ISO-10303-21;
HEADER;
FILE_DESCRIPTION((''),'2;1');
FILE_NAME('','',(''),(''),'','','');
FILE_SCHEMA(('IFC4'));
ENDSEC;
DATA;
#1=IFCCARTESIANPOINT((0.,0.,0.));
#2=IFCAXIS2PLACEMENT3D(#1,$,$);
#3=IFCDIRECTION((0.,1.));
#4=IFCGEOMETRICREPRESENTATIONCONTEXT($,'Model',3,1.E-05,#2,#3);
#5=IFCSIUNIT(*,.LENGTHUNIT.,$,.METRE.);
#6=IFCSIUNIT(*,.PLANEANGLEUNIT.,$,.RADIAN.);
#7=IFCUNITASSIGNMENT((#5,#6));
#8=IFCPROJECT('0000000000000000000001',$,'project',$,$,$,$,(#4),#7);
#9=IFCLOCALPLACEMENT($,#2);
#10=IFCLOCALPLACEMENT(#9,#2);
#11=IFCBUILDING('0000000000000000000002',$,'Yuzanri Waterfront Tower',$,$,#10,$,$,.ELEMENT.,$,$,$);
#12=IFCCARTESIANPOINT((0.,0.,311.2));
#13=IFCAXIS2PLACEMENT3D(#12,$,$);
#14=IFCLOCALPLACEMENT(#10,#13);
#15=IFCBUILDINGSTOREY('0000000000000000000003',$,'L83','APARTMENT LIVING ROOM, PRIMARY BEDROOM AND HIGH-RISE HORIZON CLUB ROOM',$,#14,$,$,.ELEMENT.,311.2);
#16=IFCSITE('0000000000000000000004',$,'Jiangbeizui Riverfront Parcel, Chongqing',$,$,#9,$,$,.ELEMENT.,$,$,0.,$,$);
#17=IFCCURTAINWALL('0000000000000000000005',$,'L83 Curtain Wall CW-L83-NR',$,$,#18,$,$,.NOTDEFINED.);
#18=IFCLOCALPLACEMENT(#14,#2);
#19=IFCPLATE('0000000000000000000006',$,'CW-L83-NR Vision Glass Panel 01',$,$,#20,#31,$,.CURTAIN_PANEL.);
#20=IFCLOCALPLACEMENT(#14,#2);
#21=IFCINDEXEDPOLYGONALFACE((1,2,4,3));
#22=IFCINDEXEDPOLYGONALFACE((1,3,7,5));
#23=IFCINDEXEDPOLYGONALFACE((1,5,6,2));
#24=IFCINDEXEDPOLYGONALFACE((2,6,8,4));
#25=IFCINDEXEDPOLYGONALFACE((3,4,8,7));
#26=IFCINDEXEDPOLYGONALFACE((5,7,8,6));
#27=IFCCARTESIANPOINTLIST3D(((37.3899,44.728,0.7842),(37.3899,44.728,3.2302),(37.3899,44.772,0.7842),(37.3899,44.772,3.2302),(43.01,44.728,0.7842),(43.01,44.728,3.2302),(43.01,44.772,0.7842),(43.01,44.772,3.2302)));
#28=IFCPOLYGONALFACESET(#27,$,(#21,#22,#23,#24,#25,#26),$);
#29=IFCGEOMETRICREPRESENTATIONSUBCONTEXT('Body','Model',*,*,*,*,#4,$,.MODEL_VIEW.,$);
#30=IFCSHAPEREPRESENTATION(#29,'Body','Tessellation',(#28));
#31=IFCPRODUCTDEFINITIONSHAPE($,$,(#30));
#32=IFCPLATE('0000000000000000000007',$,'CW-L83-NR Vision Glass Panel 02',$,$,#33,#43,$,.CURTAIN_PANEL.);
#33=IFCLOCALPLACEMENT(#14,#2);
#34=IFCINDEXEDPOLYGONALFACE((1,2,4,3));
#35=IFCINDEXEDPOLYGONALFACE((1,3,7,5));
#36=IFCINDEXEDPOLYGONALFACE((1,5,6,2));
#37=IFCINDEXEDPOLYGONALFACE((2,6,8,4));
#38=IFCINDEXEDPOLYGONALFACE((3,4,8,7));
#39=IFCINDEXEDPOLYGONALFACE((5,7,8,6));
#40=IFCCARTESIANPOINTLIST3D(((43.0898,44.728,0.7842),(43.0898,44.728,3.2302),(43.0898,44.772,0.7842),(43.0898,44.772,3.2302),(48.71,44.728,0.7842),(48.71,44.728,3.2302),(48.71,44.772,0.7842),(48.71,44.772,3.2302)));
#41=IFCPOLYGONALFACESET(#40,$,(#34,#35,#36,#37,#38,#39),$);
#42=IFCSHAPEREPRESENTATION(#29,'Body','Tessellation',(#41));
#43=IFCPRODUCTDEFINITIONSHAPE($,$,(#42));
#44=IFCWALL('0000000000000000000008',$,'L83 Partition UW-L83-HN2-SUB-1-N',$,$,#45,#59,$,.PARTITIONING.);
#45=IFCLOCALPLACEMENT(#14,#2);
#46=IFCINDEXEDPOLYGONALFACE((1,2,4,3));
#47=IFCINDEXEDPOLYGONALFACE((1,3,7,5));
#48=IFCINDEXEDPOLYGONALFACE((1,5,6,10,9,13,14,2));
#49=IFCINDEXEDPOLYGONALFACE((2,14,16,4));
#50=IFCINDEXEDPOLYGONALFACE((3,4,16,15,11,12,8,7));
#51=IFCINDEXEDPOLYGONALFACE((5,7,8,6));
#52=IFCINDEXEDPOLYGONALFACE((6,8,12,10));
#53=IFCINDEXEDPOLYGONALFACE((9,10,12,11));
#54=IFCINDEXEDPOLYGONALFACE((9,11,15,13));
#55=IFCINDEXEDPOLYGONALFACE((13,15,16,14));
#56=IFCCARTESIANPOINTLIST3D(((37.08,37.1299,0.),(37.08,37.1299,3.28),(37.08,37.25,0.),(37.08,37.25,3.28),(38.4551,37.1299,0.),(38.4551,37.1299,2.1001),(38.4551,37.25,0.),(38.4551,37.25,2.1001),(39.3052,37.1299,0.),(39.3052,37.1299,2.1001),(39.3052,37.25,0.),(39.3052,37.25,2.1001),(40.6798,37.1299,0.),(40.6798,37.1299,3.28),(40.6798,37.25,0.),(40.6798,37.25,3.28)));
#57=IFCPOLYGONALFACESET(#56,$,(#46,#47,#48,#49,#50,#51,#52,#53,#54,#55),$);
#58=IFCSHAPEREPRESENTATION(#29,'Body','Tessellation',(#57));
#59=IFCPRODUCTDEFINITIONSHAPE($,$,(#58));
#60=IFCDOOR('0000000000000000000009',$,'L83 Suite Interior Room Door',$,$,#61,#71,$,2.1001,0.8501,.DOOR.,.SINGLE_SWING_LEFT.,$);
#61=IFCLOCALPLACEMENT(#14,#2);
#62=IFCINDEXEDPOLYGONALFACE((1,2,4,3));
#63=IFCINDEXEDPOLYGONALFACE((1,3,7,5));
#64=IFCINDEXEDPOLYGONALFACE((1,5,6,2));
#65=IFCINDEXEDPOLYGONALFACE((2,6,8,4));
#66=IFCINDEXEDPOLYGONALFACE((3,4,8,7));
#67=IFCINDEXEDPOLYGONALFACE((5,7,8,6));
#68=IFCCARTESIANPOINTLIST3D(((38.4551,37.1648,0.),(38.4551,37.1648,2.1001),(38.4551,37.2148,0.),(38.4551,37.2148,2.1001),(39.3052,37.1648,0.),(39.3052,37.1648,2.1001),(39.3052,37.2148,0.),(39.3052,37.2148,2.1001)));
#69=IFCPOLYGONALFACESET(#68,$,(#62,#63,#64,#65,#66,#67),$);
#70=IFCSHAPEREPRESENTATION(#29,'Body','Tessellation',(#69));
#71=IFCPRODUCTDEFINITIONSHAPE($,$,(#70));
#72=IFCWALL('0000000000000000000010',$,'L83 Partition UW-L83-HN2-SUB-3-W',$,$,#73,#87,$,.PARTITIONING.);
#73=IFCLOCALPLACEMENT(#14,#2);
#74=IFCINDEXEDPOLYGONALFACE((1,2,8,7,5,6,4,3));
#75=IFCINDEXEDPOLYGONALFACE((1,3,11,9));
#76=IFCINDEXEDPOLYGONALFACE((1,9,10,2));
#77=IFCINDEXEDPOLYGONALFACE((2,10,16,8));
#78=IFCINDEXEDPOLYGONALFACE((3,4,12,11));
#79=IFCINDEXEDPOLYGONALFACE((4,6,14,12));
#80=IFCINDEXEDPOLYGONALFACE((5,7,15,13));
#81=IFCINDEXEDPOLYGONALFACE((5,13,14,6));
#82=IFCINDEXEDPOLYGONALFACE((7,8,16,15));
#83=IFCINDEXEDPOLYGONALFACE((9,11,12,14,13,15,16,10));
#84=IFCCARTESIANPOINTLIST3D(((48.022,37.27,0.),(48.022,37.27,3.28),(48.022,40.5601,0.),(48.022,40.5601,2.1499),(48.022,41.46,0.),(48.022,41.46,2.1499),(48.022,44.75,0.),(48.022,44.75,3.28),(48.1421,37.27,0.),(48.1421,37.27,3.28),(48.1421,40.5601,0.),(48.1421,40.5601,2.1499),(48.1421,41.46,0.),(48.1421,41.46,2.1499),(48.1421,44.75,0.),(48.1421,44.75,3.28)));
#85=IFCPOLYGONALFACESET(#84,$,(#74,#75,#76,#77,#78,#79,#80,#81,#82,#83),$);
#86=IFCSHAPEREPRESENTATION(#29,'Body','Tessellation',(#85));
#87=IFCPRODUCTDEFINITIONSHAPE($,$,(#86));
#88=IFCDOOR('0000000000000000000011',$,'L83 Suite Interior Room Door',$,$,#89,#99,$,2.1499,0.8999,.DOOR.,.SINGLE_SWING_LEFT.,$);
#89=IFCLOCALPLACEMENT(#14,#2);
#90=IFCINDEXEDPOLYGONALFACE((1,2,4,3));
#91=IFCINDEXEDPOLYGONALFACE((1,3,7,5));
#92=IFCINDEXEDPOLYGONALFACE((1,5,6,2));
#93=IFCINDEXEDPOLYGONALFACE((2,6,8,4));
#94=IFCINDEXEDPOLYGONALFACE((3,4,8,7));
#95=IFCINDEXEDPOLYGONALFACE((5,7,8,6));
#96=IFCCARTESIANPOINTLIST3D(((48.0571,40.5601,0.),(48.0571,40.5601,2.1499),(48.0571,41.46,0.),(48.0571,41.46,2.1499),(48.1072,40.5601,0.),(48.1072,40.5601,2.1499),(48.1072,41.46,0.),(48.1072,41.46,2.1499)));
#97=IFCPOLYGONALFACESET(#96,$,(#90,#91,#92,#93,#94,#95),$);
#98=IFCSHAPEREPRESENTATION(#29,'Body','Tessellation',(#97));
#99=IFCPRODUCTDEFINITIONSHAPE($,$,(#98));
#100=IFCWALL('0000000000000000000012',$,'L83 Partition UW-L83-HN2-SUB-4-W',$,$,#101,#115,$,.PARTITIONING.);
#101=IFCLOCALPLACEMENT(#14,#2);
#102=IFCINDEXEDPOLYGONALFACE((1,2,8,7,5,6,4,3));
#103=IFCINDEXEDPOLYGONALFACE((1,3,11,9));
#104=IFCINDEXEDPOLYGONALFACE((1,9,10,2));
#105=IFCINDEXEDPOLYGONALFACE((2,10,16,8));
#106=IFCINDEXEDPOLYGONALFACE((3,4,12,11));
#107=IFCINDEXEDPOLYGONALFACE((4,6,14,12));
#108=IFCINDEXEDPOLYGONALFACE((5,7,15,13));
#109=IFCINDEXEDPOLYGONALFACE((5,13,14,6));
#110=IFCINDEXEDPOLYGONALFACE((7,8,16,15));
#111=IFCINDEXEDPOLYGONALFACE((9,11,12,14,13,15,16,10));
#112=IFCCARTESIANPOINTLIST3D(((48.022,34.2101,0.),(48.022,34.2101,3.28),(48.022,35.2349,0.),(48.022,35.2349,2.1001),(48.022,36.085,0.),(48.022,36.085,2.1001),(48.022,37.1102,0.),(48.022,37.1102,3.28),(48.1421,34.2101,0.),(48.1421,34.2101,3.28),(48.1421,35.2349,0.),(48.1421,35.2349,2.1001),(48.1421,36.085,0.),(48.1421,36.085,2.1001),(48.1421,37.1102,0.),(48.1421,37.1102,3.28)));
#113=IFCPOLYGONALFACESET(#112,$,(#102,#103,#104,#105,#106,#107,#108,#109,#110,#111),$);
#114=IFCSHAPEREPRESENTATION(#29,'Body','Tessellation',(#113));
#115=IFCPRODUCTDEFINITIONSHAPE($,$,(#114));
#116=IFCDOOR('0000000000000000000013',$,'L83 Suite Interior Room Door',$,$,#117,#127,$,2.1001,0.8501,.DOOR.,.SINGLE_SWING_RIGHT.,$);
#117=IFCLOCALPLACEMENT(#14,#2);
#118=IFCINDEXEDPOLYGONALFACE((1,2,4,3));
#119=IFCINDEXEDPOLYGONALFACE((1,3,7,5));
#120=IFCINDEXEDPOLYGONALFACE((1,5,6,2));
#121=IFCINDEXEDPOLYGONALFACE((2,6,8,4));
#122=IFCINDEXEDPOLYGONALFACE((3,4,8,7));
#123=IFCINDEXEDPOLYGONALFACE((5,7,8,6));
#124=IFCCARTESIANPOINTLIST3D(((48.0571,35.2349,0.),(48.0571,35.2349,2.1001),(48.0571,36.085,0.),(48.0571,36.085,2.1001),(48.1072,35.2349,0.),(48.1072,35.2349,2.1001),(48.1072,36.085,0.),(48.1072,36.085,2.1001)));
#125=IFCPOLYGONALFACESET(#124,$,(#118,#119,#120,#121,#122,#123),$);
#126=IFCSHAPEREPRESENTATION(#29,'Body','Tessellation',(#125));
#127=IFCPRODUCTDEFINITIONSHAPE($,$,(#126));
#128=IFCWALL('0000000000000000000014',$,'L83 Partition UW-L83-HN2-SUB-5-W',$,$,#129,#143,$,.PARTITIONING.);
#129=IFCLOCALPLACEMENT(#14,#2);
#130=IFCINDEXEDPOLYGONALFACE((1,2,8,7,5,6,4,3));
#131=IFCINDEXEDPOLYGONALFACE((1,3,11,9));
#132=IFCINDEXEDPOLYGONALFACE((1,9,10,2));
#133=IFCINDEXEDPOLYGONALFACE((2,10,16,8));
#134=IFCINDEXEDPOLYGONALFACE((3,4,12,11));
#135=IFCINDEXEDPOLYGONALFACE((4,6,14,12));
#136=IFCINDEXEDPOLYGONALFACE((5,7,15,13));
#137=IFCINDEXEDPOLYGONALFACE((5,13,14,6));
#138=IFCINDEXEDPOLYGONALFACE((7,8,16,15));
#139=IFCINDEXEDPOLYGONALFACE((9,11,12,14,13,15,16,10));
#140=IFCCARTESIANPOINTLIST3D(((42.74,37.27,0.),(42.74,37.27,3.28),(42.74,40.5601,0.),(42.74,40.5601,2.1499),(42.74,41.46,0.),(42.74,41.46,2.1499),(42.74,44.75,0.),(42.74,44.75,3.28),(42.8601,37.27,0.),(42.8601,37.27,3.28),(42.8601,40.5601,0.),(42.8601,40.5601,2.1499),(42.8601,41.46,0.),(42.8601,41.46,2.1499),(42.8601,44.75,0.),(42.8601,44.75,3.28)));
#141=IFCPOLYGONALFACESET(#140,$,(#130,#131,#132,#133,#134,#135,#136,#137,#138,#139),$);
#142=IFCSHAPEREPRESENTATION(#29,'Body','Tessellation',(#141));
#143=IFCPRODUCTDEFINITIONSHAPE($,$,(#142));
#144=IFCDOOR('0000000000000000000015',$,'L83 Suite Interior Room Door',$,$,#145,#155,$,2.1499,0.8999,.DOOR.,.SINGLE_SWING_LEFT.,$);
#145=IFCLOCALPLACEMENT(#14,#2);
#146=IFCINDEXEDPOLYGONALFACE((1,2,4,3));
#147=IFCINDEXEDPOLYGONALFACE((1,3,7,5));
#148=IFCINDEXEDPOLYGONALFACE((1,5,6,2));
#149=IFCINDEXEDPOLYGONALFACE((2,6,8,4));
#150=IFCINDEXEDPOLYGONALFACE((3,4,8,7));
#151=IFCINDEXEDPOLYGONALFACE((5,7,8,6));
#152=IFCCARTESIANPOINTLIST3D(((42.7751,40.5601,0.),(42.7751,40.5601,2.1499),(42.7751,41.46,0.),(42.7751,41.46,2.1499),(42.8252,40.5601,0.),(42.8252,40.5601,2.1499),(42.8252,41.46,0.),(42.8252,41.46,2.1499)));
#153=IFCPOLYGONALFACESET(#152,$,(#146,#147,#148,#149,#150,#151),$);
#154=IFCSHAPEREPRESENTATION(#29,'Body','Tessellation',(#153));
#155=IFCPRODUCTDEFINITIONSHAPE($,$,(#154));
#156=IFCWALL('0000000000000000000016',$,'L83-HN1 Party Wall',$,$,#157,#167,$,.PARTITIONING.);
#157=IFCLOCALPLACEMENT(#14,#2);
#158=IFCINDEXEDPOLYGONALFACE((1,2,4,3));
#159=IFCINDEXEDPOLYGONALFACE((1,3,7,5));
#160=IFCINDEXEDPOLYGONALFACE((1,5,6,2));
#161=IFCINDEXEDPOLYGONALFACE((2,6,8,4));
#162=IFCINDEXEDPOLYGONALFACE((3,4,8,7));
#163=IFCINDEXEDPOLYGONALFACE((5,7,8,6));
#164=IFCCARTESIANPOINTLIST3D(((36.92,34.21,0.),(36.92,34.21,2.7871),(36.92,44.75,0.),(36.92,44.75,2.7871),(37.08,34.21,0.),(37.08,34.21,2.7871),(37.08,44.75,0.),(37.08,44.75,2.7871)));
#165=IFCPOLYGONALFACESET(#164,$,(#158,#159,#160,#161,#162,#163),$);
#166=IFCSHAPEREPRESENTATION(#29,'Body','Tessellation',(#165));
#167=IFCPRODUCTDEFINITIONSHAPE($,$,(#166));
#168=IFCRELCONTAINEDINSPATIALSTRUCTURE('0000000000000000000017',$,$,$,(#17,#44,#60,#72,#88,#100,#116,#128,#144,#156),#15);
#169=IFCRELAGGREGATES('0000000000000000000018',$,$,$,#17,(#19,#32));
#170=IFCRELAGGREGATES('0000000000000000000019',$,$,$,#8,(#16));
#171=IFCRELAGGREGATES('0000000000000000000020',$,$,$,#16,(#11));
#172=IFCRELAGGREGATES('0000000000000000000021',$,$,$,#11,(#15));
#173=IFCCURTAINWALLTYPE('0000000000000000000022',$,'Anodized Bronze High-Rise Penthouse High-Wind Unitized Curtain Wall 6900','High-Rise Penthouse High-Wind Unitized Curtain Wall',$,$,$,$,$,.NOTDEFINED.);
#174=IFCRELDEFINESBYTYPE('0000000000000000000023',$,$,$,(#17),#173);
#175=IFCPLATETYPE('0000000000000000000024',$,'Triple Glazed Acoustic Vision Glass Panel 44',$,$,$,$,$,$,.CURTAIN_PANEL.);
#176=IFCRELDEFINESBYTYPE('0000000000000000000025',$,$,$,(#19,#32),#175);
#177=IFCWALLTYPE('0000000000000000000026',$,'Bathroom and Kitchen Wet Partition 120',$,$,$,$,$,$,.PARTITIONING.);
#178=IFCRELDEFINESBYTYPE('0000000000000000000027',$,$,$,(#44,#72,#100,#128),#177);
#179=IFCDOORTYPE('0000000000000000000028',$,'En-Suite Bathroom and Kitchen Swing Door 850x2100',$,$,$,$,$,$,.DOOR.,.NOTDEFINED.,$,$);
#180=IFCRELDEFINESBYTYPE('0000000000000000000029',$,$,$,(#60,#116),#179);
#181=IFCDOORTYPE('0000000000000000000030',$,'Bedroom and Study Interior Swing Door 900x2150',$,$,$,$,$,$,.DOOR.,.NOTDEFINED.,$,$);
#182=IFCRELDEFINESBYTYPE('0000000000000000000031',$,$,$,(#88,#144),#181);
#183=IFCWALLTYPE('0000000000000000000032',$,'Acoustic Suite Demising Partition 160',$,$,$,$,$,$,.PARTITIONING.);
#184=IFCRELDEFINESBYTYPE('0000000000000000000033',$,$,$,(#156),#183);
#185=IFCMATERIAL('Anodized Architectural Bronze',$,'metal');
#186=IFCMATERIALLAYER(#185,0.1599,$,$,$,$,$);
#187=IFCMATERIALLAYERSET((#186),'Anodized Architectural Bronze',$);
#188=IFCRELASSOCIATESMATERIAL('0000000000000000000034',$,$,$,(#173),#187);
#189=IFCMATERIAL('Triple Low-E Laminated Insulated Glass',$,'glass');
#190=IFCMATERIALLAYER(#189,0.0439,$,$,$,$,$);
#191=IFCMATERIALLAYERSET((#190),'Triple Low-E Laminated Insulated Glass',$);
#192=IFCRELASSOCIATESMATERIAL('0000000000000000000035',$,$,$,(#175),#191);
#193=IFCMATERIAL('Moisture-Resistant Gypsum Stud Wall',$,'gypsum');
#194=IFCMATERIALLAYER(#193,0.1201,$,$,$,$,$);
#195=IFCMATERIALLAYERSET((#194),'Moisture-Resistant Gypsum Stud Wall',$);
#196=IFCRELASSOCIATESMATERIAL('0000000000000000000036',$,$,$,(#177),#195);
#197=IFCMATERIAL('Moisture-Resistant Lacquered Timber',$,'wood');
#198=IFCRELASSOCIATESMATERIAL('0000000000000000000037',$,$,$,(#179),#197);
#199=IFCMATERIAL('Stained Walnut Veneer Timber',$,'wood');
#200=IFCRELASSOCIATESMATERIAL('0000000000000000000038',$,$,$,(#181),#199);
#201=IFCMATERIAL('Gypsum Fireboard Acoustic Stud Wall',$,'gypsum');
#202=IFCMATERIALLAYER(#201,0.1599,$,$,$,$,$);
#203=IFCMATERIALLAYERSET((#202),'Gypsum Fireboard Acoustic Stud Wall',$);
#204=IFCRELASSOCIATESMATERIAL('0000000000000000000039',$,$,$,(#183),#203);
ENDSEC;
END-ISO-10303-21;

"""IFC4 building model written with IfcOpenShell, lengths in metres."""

from ifc_helpers import new_model, si_unit, direction, frame, frame_2d, origin, origin_2d, place, context, subcontext, project, spatial, rectangle, extrude, source, transform, mapped, material, layer, layer_set, type_object, element, fill, aggregate, save


model = new_model("IFC4")

# Units and contexts
model_context = context("Model", 3, precision=1e-05, world=origin(), true_north=direction((0.0, 1.0)))
body_context = subcontext(model_context, "Body", "Model", "MODEL_VIEW")
ifc_project = project(units=[si_unit("LENGTHUNIT", "METRE"), si_unit("PLANEANGLEUNIT", "RADIAN")], contexts=[model_context])

# Site, building, storey
site_placement = place(None, origin())
site = spatial("IfcSite", under=ifc_project, at=site_placement, Name="Jiangbeizui Riverfront Parcel, Chongqing", CompositionType="ELEMENT", RefElevation=0.0)
building_placement = place(site_placement, origin())
building = spatial("IfcBuilding", under=site, at=building_placement, Name="Yuzanri Waterfront Tower", CompositionType="ELEMENT")
storey_placement = place(building_placement, frame((0.0, 0.0, 311.2)))
storey = spatial("IfcBuildingStorey", under=building, at=storey_placement, Name="L83", Description="APARTMENT LIVING ROOM, PRIMARY BEDROOM AND HIGH-RISE HORIZON CLUB ROOM", CompositionType="ELEMENT", Elevation=311.2)

# Curtain wall, plates
ifc_material_1 = material(Name="Anodized Architectural Bronze", Category="metal")
ifc_layer_1 = layer(ifc_material_1, 0.1599)
ifc_layer_set_1 = layer_set([ifc_layer_1], Name="Anodized Architectural Bronze")
curtain_wall_type = type_object("IfcCurtainWallType", Name="Anodized Bronze High-Rise Penthouse High-Wind Unitized Curtain Wall 6900", Description="High-Rise Penthouse High-Wind Unitized Curtain Wall", PredefinedType="NOTDEFINED", material=ifc_layer_set_1)
curtain_wall_placement = place(storey_placement, origin())
curtain_wall = element("IfcCurtainWall", 1, at=curtain_wall_placement, inside=storey, type_object=curtain_wall_type, Name="L83 Curtain Wall CW-L83-NR", PredefinedType="NOTDEFINED")
ifc_material_2 = material(Name="Triple Low-E Laminated Insulated Glass", Category="glass")
ifc_layer_2 = layer(ifc_material_2, 0.0439)
ifc_layer_set_2 = layer_set([ifc_layer_2], Name="Triple Low-E Laminated Insulated Glass")
plate_type_1 = type_object("IfcPlateType", Name="Triple Glazed Acoustic Vision Glass Panel 44", PredefinedType="CURTAIN_PANEL", material=ifc_layer_set_2)
shared_shape_1 = source(origin(), body_context, "Body", "SweptSolid", [
    extrude(rectangle(XDim=5.6201, YDim=0.0439, at=origin_2d()), origin(), (0.0, 0.0, 1.0), 2.446),
])
plate_1_placement = place(storey_placement, frame((40.2, 44.75, 0.7842), z_axis=(0.0, 0.0, 1.0), x_axis=(1.0, 0.0, 0.0)))
plate_1 = element("IfcPlate", 2, at=plate_1_placement, type_object=plate_type_1, Name="CW-L83-NR Vision Glass Panel 01", PredefinedType="CURTAIN_PANEL", context=body_context, shape_type="MappedRepresentation", body=[
    mapped(shared_shape_1, transform((0.0, 0.0, 0.0), scale=1.0)),
])
plate_2_placement = place(storey_placement, frame((45.8999, 44.75, 0.7842), z_axis=(0.0, 0.0, 1.0), x_axis=(1.0, 0.0, 0.0)))
plate_2 = element("IfcPlate", 3, at=plate_2_placement, type_object=plate_type_1, Name="CW-L83-NR Vision Glass Panel 02", PredefinedType="CURTAIN_PANEL", context=body_context, shape_type="MappedRepresentation", body=[
    mapped(shared_shape_1, transform((0.0, 0.0, 0.0), scale=1.0)),
])
aggregate(curtain_wall, [plate_1, plate_2])

# Walls, openings, doors
ifc_material_3 = material(Name="Moisture-Resistant Gypsum Stud Wall", Category="gypsum")
ifc_layer_3 = layer(ifc_material_3, 0.1201)
ifc_layer_set_3 = layer_set([ifc_layer_3], Name="Moisture-Resistant Gypsum Stud Wall")
wall_type_1 = type_object("IfcWallType", Name="Bathroom and Kitchen Wet Partition 120", PredefinedType="PARTITIONING", material=ifc_layer_set_3)
wall_1_placement = place(storey_placement, frame((37.0801, 37.1899, 0.0), z_axis=(0.0, 0.0, 1.0), x_axis=(1.0, 0.0, 0.0)))
wall_1 = element("IfcWall", 4, at=wall_1_placement, inside=storey, type_object=wall_type_1, Name="L83 Partition UW-L83-HN2-SUB-1-N", PredefinedType="PARTITIONING", context=body_context, shape_type="SweptSolid", body=[
    extrude(rectangle(XDim=3.5999, YDim=0.1201, at=frame_2d((1.7998, 0.0))), origin(), (0.0, 0.0, 1.0), 3.28),
])
opening_1_placement = place(wall_1_placement, frame((1.375, 0.0, 0.0)))
opening_1 = element("IfcOpeningElement", 5, at=opening_1_placement, cuts=wall_1, PredefinedType="OPENING", context=body_context, shape_type="SweptSolid", body=[
    extrude(rectangle(XDim=0.8501, YDim=2.1001, at=frame_2d((0.425, 1.05))), frame((0.0, 0.075, 0.0), z_axis=(0.0, -1.0, 0.0), x_axis=(1.0, 0.0, 0.0)), (0.0, 0.0, 1.0), 0.1499),
])
ifc_material_4 = material(Name="Moisture-Resistant Lacquered Timber", Category="wood")
door_type_1 = type_object("IfcDoorType", Name="En-Suite Bathroom and Kitchen Swing Door 850x2100", OperationType="NOTDEFINED", PredefinedType="DOOR", material=ifc_material_4)
shared_shape_2 = source(origin(), body_context, "Body", "SweptSolid", [
    extrude(rectangle(XDim=0.8501, YDim=2.1001, at=frame_2d((0.425, 1.05))), frame((0.0, 0.0249, 0.0), z_axis=(0.0, -1.0, 0.0), x_axis=(1.0, 0.0, 0.0)), (0.0, 0.0, 1.0), 0.05),
])
door_1_placement = place(opening_1_placement, origin())
door_1 = element("IfcDoor", 6, at=door_1_placement, inside=storey, type_object=door_type_1, Name="L83 Suite Interior Room Door", OperationType="SINGLE_SWING_LEFT", OverallHeight=2.1001, OverallWidth=0.8501, PredefinedType="DOOR", context=body_context, shape_type="MappedRepresentation", body=[
    mapped(shared_shape_2, transform((0.0, 0.0, 0.0), scale=1.0)),
])
fill(opening_1, door_1)
wall_2_placement = place(storey_placement, frame((48.082, 37.27, 0.0), z_axis=(0.0, 0.0, 1.0), x_axis=(0.0, 1.0, 0.0)))
wall_2 = element("IfcWall", 7, at=wall_2_placement, inside=storey, type_object=wall_type_1, Name="L83 Partition UW-L83-HN2-SUB-3-W", PredefinedType="PARTITIONING", context=body_context, shape_type="SweptSolid", body=[
    extrude(rectangle(XDim=7.48, YDim=0.1201, at=frame_2d((3.74, 0.0))), origin(), (0.0, 0.0, 1.0), 3.28),
])
opening_2_placement = place(wall_2_placement, frame((3.29, 0.0, 0.0)))
opening_2 = element("IfcOpeningElement", 8, at=opening_2_placement, cuts=wall_2, PredefinedType="OPENING", context=body_context, shape_type="SweptSolid", body=[
    extrude(rectangle(XDim=0.8999, YDim=2.1499, at=frame_2d((0.45, 1.075))), frame((0.0, 0.075, 0.0), z_axis=(0.0, -1.0, 0.0), x_axis=(1.0, 0.0, 0.0)), (0.0, 0.0, 1.0), 0.1499),
])
ifc_material_5 = material(Name="Stained Walnut Veneer Timber", Category="wood")
door_type_2 = type_object("IfcDoorType", Name="Bedroom and Study Interior Swing Door 900x2150", OperationType="NOTDEFINED", PredefinedType="DOOR", material=ifc_material_5)
shared_shape_3 = source(origin(), body_context, "Body", "SweptSolid", [
    extrude(rectangle(XDim=0.8999, YDim=2.1499, at=frame_2d((0.45, 1.075))), frame((0.0, 0.0249, 0.0), z_axis=(0.0, -1.0, 0.0), x_axis=(1.0, 0.0, 0.0)), (0.0, 0.0, 1.0), 0.05),
])
door_2_placement = place(opening_2_placement, origin())
door_2 = element("IfcDoor", 9, at=door_2_placement, inside=storey, type_object=door_type_2, Name="L83 Suite Interior Room Door", OperationType="SINGLE_SWING_LEFT", OverallHeight=2.1499, OverallWidth=0.8999, PredefinedType="DOOR", context=body_context, shape_type="MappedRepresentation", body=[
    mapped(shared_shape_3, transform((0.0, 0.0, 0.0), scale=1.0)),
])
fill(opening_2, door_2)
wall_3_placement = place(storey_placement, frame((48.082, 34.21, 0.0), z_axis=(0.0, 0.0, 1.0), x_axis=(0.0, 1.0, 0.0)))
wall_3 = element("IfcWall", 10, at=wall_3_placement, inside=storey, type_object=wall_type_1, Name="L83 Partition UW-L83-HN2-SUB-4-W", PredefinedType="PARTITIONING", context=body_context, shape_type="SweptSolid", body=[
    extrude(rectangle(XDim=2.9001, YDim=0.1201, at=frame_2d((1.4502, 0.0))), origin(), (0.0, 0.0, 1.0), 3.28),
])
opening_3_placement = place(wall_3_placement, frame((1.0249, 0.0, 0.0)))
opening_3 = element("IfcOpeningElement", 11, at=opening_3_placement, cuts=wall_3, PredefinedType="OPENING", context=body_context, shape_type="SweptSolid", body=[
    extrude(rectangle(XDim=0.8501, YDim=2.1001, at=frame_2d((0.425, 1.05))), frame((0.0, 0.075, 0.0), z_axis=(0.0, -1.0, 0.0), x_axis=(1.0, 0.0, 0.0)), (0.0, 0.0, 1.0), 0.1499),
])
door_3_placement = place(opening_3_placement, origin())
door_3 = element("IfcDoor", 12, at=door_3_placement, inside=storey, type_object=door_type_1, Name="L83 Suite Interior Room Door", OperationType="SINGLE_SWING_RIGHT", OverallHeight=2.1001, OverallWidth=0.8501, PredefinedType="DOOR", context=body_context, shape_type="MappedRepresentation", body=[
    mapped(shared_shape_2, transform((0.0, 0.0, 0.0), scale=1.0)),
])
fill(opening_3, door_3)
wall_4_placement = place(storey_placement, frame((42.8, 37.27, 0.0), z_axis=(0.0, 0.0, 1.0), x_axis=(0.0, 1.0, 0.0)))
wall_4 = element("IfcWall", 13, at=wall_4_placement, inside=storey, type_object=wall_type_1, Name="L83 Partition UW-L83-HN2-SUB-5-W", PredefinedType="PARTITIONING", context=body_context, shape_type="SweptSolid", body=[
    extrude(rectangle(XDim=7.48, YDim=0.1201, at=frame_2d((3.74, 0.0))), origin(), (0.0, 0.0, 1.0), 3.28),
])
opening_4_placement = place(wall_4_placement, frame((3.29, 0.0, 0.0)))
opening_4 = element("IfcOpeningElement", 14, at=opening_4_placement, cuts=wall_4, PredefinedType="OPENING", context=body_context, shape_type="SweptSolid", body=[
    extrude(rectangle(XDim=0.8999, YDim=2.1499, at=frame_2d((0.45, 1.075))), frame((0.0, 0.075, 0.0), z_axis=(0.0, -1.0, 0.0), x_axis=(1.0, 0.0, 0.0)), (0.0, 0.0, 1.0), 0.1499),
])
door_4_placement = place(opening_4_placement, origin())
door_4 = element("IfcDoor", 15, at=door_4_placement, inside=storey, type_object=door_type_2, Name="L83 Suite Interior Room Door", OperationType="SINGLE_SWING_LEFT", OverallHeight=2.1499, OverallWidth=0.8999, PredefinedType="DOOR", context=body_context, shape_type="MappedRepresentation", body=[
    mapped(shared_shape_3, transform((0.0, 0.0, 0.0), scale=1.0)),
])
fill(opening_4, door_4)

# Wall
ifc_material_6 = material(Name="Gypsum Fireboard Acoustic Stud Wall", Category="gypsum")
ifc_layer_4 = layer(ifc_material_6, 0.1599)
ifc_layer_set_4 = layer_set([ifc_layer_4], Name="Gypsum Fireboard Acoustic Stud Wall")
wall_type_2 = type_object("IfcWallType", Name="Acoustic Suite Demising Partition 160", PredefinedType="PARTITIONING", material=ifc_layer_set_4)
shared_shape_4 = source(origin(), body_context, "Body", "SweptSolid", [
    extrude(rectangle(XDim=10.54, YDim=0.1599, at=frame_2d((5.27, 0.0))), origin(), (0.0, 0.0, 1.0), 2.7871),
])
wall_5_placement = place(storey_placement, frame((37.0, 34.21, 0.0), z_axis=(0.0, 0.0, 1.0), x_axis=(0.0, 1.0, 0.0)))
element("IfcWall", 16, at=wall_5_placement, inside=storey, type_object=wall_type_2, Name="L83-HN1 Party Wall", PredefinedType="PARTITIONING", context=body_context, shape_type="MappedRepresentation", body=[
    mapped(shared_shape_4, transform((0.0, 0.0, 0.0), scale=1.0)),
])

save(model, "model.ifc")
